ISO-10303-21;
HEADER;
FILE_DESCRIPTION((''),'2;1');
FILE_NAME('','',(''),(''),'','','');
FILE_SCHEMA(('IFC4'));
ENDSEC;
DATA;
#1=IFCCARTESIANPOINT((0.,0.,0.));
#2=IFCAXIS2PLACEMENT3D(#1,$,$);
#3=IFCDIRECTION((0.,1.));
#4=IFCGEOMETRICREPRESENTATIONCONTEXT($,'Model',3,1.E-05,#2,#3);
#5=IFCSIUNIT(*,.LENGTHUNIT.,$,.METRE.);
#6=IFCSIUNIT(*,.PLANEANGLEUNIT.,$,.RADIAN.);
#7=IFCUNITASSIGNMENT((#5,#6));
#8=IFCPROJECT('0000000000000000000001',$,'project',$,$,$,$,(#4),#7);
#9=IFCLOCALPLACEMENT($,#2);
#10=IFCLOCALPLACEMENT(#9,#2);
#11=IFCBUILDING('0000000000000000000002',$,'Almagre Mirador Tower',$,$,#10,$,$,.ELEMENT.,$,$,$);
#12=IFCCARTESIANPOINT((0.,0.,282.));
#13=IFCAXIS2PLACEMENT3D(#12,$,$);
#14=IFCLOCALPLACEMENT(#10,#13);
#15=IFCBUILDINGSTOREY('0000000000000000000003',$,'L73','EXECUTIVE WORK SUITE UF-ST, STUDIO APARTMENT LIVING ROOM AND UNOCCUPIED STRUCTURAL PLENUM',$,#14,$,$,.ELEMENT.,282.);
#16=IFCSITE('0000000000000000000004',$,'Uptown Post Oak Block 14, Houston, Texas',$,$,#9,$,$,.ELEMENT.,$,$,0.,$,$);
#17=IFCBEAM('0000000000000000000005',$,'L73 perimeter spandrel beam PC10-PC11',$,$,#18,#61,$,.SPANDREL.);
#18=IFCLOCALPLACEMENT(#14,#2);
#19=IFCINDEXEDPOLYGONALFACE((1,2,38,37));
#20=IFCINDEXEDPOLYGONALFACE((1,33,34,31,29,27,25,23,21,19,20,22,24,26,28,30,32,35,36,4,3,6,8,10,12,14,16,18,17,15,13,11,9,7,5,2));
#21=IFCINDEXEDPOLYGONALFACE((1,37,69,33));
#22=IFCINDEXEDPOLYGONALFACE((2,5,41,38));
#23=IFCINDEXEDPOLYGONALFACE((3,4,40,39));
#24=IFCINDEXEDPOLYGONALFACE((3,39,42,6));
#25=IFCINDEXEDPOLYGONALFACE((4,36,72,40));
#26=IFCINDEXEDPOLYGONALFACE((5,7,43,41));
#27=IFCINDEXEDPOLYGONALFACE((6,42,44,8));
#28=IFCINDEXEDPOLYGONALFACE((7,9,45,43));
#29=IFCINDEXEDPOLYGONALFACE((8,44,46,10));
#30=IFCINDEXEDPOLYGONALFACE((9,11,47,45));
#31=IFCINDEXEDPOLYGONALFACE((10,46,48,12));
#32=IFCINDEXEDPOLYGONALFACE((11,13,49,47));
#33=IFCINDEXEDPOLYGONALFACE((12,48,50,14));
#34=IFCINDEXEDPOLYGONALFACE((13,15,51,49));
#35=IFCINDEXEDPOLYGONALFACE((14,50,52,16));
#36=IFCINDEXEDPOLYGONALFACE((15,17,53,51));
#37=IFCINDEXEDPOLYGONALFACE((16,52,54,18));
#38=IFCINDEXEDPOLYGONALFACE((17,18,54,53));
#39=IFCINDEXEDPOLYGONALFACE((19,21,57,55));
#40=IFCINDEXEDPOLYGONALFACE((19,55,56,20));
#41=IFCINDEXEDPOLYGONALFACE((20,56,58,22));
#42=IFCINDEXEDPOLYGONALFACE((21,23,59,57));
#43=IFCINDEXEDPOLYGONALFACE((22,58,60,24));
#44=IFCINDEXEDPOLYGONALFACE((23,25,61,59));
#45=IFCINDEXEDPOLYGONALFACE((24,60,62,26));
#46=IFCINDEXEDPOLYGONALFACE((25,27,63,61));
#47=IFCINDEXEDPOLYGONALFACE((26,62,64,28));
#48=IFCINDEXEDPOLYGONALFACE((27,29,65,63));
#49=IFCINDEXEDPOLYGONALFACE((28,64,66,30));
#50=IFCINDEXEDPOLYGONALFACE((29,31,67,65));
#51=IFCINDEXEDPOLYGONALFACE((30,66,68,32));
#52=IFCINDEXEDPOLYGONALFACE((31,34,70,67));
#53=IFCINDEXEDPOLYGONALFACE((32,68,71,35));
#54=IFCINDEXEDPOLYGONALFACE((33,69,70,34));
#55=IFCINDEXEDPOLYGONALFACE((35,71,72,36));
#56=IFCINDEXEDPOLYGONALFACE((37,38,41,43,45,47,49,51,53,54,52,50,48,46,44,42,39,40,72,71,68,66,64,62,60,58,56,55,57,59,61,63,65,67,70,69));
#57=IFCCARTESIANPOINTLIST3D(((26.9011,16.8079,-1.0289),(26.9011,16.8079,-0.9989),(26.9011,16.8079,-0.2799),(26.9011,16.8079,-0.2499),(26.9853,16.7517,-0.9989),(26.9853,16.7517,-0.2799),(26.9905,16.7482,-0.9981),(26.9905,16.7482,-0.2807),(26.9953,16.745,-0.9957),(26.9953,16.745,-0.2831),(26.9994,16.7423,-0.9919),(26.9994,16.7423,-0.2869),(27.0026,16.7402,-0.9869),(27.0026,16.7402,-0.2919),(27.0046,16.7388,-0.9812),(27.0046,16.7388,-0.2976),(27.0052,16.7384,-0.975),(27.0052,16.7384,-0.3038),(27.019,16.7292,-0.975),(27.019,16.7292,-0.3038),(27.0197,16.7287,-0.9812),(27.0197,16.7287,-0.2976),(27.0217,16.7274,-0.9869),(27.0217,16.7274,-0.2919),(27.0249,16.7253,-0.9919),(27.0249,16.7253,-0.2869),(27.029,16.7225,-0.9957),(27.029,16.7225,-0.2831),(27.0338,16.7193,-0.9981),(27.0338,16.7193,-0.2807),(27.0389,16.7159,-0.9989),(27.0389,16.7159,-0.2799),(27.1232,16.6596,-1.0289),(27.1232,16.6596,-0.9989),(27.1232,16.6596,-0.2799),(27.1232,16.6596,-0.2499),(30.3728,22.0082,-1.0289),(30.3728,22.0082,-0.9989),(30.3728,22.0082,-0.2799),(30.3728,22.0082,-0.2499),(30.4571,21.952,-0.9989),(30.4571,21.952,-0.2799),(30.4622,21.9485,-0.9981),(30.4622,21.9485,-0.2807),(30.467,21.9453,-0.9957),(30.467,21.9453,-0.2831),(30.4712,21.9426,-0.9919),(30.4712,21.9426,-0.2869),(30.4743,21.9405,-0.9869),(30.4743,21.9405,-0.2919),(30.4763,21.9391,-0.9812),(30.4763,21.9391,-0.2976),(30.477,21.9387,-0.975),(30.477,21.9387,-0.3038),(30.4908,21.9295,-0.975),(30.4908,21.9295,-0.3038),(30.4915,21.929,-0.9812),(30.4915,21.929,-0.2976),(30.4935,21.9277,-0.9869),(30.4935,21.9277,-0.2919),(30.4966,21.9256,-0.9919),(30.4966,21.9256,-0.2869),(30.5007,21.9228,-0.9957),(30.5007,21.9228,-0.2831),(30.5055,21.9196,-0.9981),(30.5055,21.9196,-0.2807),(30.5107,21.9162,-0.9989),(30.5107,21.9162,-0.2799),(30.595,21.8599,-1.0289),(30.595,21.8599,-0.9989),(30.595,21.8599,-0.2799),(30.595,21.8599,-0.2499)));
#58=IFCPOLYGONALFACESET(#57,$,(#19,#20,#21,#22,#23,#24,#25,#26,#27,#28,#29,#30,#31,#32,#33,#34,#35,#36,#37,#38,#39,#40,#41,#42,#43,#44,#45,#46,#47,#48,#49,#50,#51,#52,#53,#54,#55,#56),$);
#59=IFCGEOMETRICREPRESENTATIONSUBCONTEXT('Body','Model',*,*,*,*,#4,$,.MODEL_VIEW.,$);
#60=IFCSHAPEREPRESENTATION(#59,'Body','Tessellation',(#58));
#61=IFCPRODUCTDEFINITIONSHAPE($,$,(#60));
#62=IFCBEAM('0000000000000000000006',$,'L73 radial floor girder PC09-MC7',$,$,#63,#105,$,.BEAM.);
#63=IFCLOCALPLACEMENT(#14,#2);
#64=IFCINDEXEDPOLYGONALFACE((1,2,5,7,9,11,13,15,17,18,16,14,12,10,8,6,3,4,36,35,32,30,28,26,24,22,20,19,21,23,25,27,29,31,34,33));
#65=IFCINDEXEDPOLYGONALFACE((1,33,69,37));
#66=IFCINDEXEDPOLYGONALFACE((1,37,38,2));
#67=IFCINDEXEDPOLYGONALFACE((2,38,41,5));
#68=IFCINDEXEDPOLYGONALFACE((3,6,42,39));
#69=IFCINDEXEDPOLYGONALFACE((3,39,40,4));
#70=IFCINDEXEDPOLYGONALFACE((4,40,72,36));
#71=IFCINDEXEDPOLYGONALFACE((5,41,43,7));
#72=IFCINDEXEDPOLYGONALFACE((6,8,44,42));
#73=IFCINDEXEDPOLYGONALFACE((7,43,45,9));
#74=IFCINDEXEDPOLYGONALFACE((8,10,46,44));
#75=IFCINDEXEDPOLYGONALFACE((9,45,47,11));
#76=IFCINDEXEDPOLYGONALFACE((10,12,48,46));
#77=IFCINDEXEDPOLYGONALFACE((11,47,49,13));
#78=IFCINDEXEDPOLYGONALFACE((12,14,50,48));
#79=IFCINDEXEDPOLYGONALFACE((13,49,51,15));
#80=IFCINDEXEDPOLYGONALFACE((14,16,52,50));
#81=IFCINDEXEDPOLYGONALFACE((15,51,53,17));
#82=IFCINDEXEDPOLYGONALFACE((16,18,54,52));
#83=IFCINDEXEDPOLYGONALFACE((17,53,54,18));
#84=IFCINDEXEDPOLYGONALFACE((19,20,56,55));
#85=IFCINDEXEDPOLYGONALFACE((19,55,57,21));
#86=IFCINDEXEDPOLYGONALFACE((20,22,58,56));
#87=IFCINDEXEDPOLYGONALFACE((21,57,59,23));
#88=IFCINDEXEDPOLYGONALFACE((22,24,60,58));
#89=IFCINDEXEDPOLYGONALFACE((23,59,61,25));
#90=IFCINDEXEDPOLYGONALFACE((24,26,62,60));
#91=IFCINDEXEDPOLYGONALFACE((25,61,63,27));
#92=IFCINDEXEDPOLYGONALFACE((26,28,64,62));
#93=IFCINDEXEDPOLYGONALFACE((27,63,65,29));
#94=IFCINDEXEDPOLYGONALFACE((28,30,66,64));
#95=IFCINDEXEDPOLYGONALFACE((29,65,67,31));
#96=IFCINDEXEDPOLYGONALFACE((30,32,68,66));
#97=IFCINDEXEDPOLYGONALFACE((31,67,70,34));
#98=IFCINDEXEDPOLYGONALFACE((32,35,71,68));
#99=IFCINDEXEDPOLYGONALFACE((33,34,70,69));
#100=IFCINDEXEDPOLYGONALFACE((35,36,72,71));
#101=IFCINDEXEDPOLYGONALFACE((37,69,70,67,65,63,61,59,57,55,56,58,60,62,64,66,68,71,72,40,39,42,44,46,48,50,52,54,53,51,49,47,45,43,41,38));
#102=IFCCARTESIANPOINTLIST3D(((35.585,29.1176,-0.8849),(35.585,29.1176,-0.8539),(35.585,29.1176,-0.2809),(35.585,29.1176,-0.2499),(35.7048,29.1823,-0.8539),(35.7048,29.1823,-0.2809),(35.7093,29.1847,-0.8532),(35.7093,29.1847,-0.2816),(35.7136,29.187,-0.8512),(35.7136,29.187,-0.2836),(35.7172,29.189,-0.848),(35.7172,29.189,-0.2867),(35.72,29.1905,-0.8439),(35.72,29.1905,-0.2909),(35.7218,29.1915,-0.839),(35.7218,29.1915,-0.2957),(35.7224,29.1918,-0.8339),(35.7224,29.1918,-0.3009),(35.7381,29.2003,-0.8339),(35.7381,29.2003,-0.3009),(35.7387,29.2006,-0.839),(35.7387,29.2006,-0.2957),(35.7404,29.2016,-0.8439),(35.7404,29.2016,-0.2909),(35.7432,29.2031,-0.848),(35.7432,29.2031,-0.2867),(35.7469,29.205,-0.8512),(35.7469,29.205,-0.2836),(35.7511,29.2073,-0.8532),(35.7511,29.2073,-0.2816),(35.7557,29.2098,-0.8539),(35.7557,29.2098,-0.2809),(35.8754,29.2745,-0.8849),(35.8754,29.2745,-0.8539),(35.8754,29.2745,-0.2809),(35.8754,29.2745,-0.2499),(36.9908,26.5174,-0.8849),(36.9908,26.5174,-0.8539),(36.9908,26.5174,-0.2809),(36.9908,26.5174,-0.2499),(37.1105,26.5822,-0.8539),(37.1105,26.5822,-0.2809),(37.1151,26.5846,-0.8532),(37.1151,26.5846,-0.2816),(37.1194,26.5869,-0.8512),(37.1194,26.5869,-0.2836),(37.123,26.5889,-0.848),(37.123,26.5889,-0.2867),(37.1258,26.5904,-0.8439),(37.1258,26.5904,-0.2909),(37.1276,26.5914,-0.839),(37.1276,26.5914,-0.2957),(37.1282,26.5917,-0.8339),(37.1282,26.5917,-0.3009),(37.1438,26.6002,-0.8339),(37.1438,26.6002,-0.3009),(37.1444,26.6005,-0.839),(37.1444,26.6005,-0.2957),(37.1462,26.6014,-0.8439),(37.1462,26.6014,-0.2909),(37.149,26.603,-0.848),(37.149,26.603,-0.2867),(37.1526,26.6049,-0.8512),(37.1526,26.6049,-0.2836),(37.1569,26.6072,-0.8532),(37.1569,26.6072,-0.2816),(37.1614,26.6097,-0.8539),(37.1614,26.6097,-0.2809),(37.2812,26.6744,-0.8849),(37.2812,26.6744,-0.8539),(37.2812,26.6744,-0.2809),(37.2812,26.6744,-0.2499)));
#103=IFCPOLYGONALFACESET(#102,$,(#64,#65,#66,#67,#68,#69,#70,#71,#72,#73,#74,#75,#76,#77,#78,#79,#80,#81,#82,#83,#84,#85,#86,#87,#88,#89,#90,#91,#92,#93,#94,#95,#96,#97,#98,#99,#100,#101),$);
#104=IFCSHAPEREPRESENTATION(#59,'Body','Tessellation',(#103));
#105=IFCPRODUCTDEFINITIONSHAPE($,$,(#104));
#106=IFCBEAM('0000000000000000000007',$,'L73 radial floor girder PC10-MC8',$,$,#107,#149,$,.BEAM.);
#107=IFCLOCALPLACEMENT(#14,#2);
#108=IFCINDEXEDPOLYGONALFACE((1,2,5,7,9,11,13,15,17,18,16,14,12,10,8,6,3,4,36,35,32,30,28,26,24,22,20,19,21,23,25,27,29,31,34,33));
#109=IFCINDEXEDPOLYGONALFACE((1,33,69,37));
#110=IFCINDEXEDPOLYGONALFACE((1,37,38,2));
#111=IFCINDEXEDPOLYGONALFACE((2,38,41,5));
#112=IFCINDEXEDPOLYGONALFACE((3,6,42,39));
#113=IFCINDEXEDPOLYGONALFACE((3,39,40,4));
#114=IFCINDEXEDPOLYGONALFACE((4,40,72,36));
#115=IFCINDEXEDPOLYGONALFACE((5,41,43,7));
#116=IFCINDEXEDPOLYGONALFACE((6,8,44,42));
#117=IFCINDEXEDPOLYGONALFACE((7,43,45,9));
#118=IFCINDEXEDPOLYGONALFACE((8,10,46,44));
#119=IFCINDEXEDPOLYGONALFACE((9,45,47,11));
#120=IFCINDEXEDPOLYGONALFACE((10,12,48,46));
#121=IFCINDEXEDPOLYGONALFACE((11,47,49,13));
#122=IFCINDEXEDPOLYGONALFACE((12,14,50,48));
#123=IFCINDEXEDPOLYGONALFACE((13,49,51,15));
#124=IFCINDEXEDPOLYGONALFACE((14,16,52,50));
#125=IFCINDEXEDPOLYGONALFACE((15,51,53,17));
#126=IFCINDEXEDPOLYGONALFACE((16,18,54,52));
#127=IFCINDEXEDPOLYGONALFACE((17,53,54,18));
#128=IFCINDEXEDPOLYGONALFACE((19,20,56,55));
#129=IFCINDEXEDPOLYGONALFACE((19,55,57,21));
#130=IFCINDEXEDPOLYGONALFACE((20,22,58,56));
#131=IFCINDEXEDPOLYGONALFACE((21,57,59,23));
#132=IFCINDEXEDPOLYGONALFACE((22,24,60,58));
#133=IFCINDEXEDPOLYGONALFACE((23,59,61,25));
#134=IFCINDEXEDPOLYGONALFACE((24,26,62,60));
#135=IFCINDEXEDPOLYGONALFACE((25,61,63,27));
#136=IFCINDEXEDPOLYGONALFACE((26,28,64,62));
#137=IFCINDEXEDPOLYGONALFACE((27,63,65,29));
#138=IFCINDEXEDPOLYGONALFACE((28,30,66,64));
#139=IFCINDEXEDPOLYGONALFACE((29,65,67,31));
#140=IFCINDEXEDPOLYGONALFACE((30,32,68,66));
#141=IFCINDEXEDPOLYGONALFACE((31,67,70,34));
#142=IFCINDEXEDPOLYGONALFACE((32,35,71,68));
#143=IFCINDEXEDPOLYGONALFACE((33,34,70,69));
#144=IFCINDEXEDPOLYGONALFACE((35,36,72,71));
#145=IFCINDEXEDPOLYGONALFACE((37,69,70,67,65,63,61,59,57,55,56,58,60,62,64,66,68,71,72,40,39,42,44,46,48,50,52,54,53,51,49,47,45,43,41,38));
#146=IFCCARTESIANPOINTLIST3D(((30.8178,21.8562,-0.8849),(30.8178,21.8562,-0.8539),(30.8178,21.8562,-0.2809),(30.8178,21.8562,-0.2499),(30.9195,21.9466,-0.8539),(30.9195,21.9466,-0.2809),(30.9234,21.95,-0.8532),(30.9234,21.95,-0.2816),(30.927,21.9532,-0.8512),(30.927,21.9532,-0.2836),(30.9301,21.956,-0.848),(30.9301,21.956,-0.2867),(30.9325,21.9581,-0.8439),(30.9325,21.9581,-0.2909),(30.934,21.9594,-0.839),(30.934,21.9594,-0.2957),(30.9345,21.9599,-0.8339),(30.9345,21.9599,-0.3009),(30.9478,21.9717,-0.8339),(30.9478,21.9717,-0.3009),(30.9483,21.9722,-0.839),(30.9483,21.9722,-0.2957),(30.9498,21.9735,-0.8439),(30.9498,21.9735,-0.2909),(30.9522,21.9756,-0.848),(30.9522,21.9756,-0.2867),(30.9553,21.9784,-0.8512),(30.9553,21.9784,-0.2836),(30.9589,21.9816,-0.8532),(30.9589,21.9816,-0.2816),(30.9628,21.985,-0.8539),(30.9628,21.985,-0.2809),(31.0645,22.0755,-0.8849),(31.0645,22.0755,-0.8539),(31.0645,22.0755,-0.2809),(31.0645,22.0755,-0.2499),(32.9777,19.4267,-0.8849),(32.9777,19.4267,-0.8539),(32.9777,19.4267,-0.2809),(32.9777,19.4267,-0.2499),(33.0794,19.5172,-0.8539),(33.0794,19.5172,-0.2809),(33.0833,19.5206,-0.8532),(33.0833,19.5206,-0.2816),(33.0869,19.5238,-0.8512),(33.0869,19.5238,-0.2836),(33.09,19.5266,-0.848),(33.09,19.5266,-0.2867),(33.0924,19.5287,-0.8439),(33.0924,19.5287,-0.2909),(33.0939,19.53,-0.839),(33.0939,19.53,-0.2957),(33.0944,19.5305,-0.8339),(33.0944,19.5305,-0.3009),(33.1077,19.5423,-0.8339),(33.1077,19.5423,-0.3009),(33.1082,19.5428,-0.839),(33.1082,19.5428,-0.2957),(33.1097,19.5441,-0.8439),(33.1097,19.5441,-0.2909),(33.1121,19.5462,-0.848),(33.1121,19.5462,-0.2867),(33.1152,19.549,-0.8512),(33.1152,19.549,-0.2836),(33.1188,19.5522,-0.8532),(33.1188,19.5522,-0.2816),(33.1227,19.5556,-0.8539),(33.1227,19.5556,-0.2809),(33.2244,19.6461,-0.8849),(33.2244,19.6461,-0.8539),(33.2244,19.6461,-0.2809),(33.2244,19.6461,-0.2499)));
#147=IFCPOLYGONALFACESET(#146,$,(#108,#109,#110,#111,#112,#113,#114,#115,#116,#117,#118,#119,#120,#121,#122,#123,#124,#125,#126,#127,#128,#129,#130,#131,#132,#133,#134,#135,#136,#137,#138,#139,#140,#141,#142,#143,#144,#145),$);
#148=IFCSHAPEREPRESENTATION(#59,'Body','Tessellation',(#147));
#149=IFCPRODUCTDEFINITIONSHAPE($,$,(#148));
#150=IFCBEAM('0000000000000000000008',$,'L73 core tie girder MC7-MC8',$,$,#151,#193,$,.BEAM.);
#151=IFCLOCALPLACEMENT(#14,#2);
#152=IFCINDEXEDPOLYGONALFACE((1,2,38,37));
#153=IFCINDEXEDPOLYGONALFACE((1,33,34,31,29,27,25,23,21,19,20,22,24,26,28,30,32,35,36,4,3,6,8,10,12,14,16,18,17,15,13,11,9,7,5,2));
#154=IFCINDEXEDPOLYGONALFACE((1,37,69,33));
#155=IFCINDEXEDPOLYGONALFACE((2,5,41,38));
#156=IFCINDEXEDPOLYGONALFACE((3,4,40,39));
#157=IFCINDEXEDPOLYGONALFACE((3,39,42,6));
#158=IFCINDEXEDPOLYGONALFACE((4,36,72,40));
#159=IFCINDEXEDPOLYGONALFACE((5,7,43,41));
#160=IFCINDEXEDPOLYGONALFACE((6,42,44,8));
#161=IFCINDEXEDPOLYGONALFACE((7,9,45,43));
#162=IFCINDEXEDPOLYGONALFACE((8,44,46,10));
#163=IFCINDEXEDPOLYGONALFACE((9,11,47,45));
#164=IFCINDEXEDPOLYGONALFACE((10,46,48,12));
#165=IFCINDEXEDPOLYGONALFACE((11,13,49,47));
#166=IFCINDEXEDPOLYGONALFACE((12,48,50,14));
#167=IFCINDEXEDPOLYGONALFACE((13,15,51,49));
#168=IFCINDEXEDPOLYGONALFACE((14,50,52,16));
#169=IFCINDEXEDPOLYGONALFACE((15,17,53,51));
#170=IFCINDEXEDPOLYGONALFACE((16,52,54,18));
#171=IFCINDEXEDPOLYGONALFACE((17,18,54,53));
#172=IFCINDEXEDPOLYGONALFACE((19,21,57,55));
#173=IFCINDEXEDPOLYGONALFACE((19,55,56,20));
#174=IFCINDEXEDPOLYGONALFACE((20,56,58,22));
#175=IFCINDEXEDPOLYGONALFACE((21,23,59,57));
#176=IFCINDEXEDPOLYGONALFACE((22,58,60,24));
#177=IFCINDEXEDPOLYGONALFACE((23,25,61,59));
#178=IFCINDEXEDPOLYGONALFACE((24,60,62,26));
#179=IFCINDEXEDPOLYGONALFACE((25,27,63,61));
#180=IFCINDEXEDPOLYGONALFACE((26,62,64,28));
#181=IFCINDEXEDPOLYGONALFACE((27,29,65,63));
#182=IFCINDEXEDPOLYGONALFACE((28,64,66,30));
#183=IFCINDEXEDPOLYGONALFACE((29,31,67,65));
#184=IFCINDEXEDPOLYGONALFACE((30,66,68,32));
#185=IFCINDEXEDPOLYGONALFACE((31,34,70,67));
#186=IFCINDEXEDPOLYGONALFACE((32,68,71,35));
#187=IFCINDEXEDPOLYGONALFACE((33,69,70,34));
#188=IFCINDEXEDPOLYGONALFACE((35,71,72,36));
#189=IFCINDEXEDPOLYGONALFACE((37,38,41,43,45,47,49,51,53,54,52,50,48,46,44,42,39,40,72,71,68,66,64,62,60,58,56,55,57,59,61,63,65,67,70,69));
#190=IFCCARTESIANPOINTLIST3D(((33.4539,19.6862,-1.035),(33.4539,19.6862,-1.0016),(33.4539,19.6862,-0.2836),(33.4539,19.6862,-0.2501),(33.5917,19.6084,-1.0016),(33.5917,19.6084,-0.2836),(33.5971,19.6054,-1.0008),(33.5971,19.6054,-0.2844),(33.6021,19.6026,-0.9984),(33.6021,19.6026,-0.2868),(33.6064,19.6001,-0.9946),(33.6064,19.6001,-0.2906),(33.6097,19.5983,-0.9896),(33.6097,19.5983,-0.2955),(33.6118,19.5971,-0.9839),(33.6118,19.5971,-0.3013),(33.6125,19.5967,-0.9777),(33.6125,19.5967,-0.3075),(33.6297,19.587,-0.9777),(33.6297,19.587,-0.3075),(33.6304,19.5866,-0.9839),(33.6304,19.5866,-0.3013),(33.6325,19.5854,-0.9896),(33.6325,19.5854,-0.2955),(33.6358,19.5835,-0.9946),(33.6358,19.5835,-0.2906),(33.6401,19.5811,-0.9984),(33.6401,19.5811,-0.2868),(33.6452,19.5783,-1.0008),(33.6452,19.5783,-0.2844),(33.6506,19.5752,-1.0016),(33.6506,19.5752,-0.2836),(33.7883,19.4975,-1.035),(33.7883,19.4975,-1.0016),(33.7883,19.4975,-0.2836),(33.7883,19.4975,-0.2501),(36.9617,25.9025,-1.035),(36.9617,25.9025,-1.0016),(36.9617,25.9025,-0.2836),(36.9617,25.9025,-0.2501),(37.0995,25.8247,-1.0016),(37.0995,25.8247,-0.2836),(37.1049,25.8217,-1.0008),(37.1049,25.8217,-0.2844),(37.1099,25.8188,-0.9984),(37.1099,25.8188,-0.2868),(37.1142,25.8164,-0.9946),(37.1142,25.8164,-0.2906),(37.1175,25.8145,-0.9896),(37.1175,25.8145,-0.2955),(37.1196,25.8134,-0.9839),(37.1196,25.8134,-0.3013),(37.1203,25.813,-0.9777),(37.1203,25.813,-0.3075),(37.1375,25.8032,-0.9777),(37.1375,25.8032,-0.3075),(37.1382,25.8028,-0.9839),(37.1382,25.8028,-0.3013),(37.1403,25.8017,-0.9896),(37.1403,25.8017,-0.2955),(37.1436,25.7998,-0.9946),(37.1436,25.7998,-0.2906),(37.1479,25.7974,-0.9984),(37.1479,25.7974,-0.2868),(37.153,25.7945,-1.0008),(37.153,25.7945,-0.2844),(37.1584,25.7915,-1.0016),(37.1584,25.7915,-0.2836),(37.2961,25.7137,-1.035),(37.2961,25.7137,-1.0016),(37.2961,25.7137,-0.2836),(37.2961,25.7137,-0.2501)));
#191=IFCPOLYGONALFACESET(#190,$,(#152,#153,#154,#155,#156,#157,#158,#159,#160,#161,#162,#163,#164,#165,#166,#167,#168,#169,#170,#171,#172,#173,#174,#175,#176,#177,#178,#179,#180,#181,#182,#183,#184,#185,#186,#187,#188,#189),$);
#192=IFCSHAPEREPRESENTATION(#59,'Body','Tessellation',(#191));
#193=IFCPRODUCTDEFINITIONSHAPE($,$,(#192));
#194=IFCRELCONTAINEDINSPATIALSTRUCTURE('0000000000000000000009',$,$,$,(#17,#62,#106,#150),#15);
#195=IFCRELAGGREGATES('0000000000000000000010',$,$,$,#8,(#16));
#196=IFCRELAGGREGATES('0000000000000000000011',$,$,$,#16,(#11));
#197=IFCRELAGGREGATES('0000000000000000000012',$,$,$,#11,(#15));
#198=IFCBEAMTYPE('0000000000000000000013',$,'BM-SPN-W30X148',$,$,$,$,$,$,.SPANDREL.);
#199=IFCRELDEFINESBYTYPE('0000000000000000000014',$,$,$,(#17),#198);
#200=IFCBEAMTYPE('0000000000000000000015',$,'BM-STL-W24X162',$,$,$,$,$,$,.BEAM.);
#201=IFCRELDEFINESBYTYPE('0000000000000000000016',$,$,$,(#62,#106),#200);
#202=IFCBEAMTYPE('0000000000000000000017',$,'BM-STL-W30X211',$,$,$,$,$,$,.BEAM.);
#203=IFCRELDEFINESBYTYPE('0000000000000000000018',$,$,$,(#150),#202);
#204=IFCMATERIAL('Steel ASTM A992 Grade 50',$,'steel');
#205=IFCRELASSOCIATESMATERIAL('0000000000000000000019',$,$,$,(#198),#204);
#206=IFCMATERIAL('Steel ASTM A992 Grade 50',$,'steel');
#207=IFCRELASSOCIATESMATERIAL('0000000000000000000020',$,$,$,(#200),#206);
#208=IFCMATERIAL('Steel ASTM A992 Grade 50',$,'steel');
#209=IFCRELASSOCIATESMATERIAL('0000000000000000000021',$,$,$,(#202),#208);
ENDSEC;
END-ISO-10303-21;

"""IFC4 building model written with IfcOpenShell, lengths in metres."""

from ifc_helpers import new_model, si_unit, direction, frame, origin, origin_2d, place, context, subcontext, project, spatial, i_section, extrude, material, material_profile, profile_set, type_object, element, save


model = new_model("IFC4")

# Units and contexts
model_context = context("Model", 3, precision=1e-05, world=origin(), true_north=direction((0.0, 1.0)))
body_context = subcontext(model_context, "Body", "Model", "MODEL_VIEW")
ifc_project = project(units=[si_unit("LENGTHUNIT", "METRE"), si_unit("PLANEANGLEUNIT", "RADIAN")], contexts=[model_context])

# Site, building, storey
site_placement = place(None, origin())
site = spatial("IfcSite", under=ifc_project, at=site_placement, Name="Uptown Post Oak Block 14, Houston, Texas", CompositionType="ELEMENT", RefElevation=0.0)
building_placement = place(site_placement, origin())
building = spatial("IfcBuilding", under=site, at=building_placement, Name="Almagre Mirador Tower", CompositionType="ELEMENT")
storey_placement = place(building_placement, frame((0.0, 0.0, 282.0)))
storey = spatial("IfcBuildingStorey", under=building, at=storey_placement, Name="L73", Description="EXECUTIVE WORK SUITE UF-ST, STUDIO APARTMENT LIVING ROOM AND UNOCCUPIED STRUCTURAL PLENUM", CompositionType="ELEMENT", Elevation=282.0)

# Beams
ifc_material_1 = material(Name="Steel ASTM A992 Grade 50", Category="steel")
ifc_material_profile_1 = material_profile(ifc_material_1, i_section(OverallWidth=0.2671, OverallDepth=0.7791, WebThickness=0.0166, FlangeThickness=0.03, FilletRadius=0.0239, at=origin_2d()), Name="W30X148")
ifc_profile_set_1 = profile_set([ifc_material_profile_1], Name="Steel ASTM A992 Grade 50")
beam_type_1 = type_object("IfcBeamType", Name="BM-SPN-W30X148", PredefinedType="SPANDREL", material=ifc_profile_set_1)
beam_1_placement = place(storey_placement, frame((30.4839, 21.9341, -0.6394), z_axis=(-0.555241, -0.83169, 0.0), x_axis=(0.83169, -0.555241, 0.0)))
element("IfcBeam", 1, at=beam_1_placement, inside=storey, type_object=beam_type_1, Name="L73 perimeter spandrel beam PC10-PC11", PredefinedType="SPANDREL", context=body_context, shape_type="SweptSolid", body=[
    extrude(i_section(OverallWidth=0.2671, OverallDepth=0.7791, WebThickness=0.0166, FlangeThickness=0.03, FilletRadius=0.0239, at=origin_2d()), origin(), (0.0, 0.0, 1.0), 6.2527),
])
ifc_material_2 = material(Name="Steel ASTM A992 Grade 50", Category="steel")
ifc_material_profile_2 = material_profile(ifc_material_2, i_section(OverallWidth=0.3301, OverallDepth=0.635, WebThickness=0.0178, FlangeThickness=0.031, FilletRadius=0.02, at=origin_2d()), Name="W24X162")
ifc_profile_set_2 = profile_set([ifc_material_profile_2], Name="Steel ASTM A992 Grade 50")
beam_type_2 = type_object("IfcBeamType", Name="BM-STL-W24X162", PredefinedType="BEAM", material=ifc_profile_set_2)
beam_2_placement = place(storey_placement, frame((35.7302, 29.196, -0.5674), z_axis=(0.475597, -0.879664, 0.0), x_axis=(0.879664, 0.475597, 0.0)))
element("IfcBeam", 2, at=beam_2_placement, inside=storey, type_object=beam_type_2, Name="L73 radial floor girder PC09-MC7", PredefinedType="BEAM", context=body_context, shape_type="SweptSolid", body=[
    extrude(i_section(OverallWidth=0.3301, OverallDepth=0.635, WebThickness=0.0178, FlangeThickness=0.031, FilletRadius=0.02, at=origin_2d()), origin(), (0.0, 0.0, 1.0), 2.9558),
])
beam_3_placement = place(storey_placement, frame((30.9412, 21.9658, -0.5674), z_axis=(0.664434, -0.747347, 0.0), x_axis=(0.747347, 0.664434, 0.0)))
element("IfcBeam", 3, at=beam_3_placement, inside=storey, type_object=beam_type_2, Name="L73 radial floor girder PC10-MC8", PredefinedType="BEAM", context=body_context, shape_type="SweptSolid", body=[
    extrude(i_section(OverallWidth=0.3301, OverallDepth=0.635, WebThickness=0.0178, FlangeThickness=0.031, FilletRadius=0.02, at=origin_2d()), origin(), (0.0, 0.0, 1.0), 3.2507),
])
ifc_material_3 = material(Name="Steel ASTM A992 Grade 50", Category="steel")
ifc_material_profile_3 = material_profile(ifc_material_3, i_section(OverallWidth=0.384, OverallDepth=0.7849, WebThickness=0.0198, FlangeThickness=0.0334, FilletRadius=0.0239, at=origin_2d()), Name="W30X211")
ifc_profile_set_3 = profile_set([ifc_material_profile_3], Name="Steel ASTM A992 Grade 50")
beam_type_3 = type_object("IfcBeamType", Name="BM-STL-W30X211", PredefinedType="BEAM", material=ifc_profile_set_3)
beam_4_placement = place(storey_placement, frame((37.1289, 25.8081, -0.6426), z_axis=(-0.491446, -0.870908, 0.0), x_axis=(0.870908, -0.491446, 0.0)))
element("IfcBeam", 4, at=beam_4_placement, inside=storey, type_object=beam_type_3, Name="L73 core tie girder MC7-MC8", PredefinedType="BEAM", context=body_context, shape_type="SweptSolid", body=[
    extrude(i_section(OverallWidth=0.384, OverallDepth=0.7849, WebThickness=0.0198, FlangeThickness=0.0334, FilletRadius=0.0239, at=origin_2d()), origin(), (0.0, 0.0, 1.0), 7.1377),
])

save(model, "model.ifc")
